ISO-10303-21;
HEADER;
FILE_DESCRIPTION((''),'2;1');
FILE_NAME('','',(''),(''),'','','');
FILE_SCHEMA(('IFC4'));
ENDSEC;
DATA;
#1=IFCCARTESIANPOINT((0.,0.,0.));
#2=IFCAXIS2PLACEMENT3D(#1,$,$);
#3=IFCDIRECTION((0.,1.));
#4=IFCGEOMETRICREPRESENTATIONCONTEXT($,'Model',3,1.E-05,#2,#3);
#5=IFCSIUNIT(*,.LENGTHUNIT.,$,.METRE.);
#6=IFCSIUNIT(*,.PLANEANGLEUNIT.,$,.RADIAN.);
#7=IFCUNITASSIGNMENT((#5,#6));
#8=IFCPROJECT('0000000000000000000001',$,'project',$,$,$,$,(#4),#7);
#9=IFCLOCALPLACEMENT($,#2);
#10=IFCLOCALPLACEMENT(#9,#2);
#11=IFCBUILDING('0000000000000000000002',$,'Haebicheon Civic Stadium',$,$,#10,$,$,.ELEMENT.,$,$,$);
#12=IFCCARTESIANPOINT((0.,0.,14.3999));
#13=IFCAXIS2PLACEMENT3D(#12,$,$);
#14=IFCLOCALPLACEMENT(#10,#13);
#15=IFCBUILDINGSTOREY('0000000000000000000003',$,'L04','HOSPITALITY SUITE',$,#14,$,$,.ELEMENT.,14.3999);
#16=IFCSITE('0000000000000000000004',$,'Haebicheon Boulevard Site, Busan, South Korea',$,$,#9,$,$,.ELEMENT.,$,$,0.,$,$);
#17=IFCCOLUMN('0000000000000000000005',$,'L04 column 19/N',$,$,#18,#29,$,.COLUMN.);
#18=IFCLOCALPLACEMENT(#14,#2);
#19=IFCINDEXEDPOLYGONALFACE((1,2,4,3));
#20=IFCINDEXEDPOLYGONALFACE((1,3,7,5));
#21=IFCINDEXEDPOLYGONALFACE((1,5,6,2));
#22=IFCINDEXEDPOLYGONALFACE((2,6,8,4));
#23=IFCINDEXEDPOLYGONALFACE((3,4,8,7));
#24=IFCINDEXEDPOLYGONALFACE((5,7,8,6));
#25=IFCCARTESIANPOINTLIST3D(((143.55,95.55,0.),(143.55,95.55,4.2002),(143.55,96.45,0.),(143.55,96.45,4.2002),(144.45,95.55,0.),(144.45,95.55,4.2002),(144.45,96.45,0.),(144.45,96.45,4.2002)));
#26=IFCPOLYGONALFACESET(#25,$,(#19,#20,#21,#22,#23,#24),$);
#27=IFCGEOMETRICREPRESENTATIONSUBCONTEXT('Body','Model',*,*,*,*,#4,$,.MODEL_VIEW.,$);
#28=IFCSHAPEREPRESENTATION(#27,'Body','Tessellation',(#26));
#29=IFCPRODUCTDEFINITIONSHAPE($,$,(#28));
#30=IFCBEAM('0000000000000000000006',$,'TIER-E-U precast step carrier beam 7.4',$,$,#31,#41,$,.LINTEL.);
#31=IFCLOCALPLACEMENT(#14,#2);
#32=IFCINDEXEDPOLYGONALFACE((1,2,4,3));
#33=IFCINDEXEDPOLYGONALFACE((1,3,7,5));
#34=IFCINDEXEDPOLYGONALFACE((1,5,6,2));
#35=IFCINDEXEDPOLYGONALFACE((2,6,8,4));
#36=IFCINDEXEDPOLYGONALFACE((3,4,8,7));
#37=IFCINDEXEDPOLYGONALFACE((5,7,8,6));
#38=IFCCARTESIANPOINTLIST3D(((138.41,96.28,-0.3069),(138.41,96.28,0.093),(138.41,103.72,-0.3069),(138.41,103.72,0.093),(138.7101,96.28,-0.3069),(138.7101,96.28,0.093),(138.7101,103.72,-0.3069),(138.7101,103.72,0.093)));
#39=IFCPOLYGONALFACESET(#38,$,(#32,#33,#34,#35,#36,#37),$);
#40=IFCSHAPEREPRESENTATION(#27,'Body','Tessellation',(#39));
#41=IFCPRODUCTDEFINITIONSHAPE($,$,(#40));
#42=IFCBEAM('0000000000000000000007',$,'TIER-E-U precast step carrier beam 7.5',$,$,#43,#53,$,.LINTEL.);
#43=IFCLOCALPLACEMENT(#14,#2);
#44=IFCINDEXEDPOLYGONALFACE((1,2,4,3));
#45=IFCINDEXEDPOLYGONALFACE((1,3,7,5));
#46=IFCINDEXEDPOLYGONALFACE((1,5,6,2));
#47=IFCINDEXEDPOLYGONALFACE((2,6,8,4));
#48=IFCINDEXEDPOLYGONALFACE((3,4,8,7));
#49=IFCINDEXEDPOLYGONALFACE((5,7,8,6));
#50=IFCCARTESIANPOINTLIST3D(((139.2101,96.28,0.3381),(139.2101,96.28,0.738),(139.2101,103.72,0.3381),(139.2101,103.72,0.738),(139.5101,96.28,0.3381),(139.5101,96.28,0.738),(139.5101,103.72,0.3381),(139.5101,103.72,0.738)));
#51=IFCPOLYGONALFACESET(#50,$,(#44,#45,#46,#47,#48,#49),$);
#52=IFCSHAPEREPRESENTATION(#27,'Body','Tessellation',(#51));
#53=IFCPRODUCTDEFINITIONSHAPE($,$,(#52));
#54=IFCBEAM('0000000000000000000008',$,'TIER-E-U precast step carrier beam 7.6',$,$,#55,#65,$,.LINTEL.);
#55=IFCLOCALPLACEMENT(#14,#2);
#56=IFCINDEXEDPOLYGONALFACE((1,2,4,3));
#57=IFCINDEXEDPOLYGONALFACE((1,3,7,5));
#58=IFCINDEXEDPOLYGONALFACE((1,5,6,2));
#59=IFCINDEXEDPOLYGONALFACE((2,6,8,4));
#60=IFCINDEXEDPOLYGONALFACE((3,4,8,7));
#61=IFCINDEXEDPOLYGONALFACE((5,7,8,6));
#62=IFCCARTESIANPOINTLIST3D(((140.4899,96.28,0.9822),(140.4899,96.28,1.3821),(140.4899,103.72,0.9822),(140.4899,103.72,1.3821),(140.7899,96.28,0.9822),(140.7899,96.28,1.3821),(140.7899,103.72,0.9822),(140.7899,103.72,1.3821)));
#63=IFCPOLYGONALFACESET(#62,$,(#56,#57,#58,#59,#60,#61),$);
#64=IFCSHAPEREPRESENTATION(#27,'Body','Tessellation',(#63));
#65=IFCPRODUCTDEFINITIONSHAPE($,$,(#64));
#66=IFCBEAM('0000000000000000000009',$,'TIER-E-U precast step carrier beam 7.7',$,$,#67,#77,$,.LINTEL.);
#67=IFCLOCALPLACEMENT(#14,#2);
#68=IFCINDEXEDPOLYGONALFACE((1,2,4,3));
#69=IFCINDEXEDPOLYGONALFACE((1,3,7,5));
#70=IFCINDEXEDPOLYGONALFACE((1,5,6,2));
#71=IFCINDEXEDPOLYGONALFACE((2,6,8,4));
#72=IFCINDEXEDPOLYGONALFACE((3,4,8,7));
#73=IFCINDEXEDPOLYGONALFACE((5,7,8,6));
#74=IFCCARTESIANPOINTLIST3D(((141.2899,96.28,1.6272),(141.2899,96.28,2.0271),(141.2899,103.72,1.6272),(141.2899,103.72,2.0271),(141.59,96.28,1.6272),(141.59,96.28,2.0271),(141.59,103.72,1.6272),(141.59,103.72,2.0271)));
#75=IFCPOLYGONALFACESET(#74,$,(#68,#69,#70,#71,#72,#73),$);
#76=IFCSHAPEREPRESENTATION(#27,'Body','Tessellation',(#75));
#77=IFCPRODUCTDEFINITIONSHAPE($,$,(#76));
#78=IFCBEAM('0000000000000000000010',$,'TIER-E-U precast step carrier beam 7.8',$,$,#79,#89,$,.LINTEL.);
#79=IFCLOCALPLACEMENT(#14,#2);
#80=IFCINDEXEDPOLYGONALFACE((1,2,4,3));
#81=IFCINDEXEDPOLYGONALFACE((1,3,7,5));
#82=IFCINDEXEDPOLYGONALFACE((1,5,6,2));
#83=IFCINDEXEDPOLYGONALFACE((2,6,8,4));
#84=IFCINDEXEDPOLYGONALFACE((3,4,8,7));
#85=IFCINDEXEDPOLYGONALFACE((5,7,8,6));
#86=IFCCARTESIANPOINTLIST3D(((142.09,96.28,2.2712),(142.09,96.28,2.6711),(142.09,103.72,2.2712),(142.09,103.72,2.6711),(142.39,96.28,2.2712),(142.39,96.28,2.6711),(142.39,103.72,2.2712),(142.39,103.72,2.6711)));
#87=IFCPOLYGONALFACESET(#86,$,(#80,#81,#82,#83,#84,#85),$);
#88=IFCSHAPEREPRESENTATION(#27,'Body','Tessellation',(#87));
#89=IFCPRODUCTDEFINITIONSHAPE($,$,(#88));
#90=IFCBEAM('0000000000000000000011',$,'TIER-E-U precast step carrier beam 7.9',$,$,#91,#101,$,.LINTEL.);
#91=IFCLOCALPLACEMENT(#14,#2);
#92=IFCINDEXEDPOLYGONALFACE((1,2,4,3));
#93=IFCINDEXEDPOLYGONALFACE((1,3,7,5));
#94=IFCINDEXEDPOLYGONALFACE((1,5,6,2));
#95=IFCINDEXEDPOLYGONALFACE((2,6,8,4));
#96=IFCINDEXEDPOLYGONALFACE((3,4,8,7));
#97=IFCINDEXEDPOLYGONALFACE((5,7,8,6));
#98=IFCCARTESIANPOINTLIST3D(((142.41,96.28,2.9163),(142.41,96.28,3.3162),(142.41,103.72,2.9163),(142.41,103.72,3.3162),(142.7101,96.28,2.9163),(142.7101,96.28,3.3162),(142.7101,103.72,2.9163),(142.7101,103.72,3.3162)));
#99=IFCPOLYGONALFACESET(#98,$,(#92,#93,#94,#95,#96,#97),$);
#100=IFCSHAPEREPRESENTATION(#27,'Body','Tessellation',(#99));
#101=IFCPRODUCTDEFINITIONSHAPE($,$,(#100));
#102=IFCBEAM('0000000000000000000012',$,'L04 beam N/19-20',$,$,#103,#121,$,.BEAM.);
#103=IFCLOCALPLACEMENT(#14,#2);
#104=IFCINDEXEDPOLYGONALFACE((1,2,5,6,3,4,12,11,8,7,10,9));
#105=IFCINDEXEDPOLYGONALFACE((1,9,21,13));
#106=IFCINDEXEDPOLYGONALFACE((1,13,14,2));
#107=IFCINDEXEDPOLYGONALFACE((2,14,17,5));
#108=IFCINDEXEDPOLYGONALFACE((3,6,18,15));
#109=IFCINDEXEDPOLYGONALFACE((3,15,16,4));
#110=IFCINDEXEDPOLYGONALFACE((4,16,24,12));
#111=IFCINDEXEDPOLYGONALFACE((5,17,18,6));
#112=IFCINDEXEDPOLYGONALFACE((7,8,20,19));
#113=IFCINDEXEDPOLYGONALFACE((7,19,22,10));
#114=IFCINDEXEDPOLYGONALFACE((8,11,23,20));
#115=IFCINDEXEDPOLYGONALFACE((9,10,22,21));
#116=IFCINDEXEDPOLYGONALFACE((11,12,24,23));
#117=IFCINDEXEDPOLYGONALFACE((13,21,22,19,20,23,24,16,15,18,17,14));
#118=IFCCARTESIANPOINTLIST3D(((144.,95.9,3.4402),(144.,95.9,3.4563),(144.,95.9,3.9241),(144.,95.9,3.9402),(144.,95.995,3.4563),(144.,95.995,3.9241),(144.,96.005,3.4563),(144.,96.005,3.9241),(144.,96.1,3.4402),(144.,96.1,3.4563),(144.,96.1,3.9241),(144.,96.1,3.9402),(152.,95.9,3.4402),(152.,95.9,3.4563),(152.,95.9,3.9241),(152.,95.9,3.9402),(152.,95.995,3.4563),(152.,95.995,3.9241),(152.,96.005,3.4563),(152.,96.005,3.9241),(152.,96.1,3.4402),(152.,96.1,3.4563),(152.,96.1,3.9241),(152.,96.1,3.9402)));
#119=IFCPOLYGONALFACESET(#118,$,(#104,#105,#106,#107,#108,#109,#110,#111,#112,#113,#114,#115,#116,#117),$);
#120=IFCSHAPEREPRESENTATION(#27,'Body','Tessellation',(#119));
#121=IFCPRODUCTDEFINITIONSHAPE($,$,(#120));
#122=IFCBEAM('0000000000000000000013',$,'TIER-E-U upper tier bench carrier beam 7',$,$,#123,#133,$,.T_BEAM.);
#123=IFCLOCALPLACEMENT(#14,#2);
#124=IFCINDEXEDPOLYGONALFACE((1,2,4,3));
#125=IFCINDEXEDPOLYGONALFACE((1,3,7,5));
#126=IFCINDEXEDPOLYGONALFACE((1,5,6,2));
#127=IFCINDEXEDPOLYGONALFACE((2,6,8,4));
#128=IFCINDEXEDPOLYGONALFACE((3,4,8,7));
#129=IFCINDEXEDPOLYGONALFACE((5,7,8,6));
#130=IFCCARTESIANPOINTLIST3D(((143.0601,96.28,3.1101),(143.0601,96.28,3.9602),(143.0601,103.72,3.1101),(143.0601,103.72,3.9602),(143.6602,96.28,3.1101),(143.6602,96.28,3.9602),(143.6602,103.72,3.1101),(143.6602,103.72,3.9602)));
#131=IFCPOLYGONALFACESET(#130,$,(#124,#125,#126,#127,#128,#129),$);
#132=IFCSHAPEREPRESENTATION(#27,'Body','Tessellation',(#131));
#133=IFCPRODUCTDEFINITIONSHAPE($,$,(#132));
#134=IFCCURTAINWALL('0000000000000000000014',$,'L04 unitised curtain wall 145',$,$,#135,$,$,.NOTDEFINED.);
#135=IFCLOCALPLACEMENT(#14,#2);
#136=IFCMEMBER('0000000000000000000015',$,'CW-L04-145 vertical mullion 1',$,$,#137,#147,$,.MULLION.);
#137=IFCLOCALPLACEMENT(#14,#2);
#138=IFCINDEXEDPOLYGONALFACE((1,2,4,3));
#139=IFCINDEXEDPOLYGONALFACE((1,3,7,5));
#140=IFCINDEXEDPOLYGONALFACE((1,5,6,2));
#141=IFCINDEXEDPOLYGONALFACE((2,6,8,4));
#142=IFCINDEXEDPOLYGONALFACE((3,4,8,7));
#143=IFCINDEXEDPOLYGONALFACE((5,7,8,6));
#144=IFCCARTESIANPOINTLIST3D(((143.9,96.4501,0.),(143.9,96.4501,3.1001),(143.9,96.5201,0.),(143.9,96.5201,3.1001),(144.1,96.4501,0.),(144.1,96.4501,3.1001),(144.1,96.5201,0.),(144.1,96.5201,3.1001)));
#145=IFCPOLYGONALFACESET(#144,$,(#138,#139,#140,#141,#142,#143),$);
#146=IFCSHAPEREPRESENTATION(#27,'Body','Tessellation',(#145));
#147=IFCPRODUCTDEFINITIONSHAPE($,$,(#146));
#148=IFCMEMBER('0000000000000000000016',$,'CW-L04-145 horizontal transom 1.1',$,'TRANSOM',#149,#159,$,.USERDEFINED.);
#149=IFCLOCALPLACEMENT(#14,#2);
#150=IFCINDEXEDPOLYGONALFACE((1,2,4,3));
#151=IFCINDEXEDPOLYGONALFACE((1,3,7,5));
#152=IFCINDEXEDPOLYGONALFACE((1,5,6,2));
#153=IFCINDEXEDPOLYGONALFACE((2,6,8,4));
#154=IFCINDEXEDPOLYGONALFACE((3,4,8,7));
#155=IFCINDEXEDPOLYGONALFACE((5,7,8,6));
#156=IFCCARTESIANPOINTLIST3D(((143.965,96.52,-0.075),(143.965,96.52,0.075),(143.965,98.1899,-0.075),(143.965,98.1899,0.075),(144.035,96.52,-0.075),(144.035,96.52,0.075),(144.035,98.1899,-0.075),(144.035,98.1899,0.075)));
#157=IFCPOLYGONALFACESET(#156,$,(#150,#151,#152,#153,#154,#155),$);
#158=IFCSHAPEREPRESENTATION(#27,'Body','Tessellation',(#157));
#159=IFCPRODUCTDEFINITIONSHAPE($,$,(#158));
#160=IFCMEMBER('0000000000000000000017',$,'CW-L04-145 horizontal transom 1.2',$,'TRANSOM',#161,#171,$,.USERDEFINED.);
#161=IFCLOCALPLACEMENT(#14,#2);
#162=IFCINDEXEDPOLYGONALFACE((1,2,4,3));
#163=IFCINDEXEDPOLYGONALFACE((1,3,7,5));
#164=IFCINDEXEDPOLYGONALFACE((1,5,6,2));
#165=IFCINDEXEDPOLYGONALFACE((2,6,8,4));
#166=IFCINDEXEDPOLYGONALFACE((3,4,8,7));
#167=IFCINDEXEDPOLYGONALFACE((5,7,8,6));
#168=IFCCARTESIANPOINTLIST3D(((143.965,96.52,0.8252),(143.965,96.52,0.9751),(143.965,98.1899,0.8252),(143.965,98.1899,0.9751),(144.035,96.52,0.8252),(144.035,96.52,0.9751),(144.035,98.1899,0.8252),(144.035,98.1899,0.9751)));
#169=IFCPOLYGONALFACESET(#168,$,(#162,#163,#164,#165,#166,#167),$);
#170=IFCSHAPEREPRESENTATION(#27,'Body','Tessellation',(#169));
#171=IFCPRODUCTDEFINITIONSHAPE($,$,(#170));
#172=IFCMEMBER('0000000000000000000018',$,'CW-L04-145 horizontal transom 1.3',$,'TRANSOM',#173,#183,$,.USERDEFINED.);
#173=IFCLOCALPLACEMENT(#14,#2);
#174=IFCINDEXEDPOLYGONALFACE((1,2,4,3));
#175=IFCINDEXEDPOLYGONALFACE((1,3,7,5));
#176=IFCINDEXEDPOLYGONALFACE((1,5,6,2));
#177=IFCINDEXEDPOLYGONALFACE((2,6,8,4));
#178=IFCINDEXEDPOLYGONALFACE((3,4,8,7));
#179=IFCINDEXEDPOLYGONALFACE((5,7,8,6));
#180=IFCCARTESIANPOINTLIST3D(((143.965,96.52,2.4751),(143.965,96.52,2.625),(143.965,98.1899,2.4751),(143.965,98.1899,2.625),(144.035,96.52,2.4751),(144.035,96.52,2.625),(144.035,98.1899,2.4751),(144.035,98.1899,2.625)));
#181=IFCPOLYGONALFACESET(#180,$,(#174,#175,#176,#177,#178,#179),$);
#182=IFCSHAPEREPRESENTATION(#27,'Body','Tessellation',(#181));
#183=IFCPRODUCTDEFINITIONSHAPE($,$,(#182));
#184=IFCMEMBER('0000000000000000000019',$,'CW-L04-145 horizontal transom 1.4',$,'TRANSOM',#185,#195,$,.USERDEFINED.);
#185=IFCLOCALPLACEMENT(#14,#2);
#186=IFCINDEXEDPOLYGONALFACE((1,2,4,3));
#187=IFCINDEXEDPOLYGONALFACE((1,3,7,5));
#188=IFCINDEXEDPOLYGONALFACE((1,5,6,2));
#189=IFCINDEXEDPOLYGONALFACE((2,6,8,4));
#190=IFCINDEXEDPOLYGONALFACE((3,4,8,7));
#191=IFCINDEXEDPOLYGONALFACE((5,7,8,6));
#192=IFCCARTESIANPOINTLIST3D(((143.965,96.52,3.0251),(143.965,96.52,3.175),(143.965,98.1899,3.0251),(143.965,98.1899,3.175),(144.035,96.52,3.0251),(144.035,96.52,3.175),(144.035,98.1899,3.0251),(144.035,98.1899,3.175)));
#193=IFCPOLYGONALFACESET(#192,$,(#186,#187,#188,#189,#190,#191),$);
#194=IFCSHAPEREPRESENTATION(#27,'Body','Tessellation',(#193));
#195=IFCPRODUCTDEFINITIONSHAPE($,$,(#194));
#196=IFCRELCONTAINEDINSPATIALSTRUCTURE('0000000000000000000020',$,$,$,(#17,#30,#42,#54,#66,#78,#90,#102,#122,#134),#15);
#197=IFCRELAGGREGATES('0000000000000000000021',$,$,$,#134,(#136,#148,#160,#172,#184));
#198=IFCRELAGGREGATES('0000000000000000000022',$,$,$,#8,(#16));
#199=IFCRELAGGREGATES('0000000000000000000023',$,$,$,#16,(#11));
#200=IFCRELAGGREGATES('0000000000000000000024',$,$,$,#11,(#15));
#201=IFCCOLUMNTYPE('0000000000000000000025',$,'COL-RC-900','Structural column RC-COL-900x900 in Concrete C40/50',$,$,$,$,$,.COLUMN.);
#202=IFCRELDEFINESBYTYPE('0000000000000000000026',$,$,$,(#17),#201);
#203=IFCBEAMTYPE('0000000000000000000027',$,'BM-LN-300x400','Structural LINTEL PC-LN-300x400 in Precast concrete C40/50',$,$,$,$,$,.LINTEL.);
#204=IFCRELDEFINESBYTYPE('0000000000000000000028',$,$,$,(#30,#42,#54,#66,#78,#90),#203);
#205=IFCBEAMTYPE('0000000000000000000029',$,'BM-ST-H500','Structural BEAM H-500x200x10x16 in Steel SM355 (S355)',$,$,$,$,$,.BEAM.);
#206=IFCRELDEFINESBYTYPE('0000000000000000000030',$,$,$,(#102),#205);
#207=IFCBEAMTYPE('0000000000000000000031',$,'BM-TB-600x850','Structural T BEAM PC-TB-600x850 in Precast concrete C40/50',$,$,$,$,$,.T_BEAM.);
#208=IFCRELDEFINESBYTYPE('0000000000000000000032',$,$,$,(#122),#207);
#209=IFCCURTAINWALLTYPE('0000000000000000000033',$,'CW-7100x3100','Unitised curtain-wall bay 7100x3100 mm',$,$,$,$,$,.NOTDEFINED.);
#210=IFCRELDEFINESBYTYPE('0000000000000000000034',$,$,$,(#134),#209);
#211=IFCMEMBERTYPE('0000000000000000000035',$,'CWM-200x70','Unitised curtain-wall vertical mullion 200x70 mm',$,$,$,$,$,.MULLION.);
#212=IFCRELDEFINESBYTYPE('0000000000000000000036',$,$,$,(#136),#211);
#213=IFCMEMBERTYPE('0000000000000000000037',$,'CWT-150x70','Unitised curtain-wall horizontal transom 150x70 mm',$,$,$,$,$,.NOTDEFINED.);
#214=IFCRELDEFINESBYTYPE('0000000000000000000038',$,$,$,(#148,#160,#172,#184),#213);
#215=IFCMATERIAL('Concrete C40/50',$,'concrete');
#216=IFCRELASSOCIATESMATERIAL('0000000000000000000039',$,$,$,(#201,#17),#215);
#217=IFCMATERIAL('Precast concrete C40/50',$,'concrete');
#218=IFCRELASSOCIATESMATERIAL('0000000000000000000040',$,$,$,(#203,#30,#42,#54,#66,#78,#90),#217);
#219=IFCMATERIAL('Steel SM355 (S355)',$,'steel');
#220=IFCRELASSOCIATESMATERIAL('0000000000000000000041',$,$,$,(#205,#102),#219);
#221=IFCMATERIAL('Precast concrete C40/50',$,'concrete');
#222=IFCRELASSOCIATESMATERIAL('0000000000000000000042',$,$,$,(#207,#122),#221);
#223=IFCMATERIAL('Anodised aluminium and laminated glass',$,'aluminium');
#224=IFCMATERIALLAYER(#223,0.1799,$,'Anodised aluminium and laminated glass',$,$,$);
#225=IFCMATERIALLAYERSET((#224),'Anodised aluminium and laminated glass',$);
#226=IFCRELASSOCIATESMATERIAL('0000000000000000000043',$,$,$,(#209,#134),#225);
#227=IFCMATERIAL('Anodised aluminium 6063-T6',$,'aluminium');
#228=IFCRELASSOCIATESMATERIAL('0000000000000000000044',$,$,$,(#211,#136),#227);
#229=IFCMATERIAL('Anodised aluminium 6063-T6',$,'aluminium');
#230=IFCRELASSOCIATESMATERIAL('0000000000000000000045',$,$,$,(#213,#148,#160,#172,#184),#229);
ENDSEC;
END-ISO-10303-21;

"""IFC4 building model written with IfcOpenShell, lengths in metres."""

from ifc_helpers import new_model, si_unit, direction, frame, origin, origin_2d, place, context, subcontext, project, spatial, rectangle, i_section, extrude, material, layer, layer_set, material_profile, profile_set, type_object, element, aggregate, save


model = new_model("IFC4")

# Units and contexts
model_context = context("Model", 3, precision=1e-05, world=origin(), true_north=direction((0.0, 1.0)))
body_context = subcontext(model_context, "Body", "Model", "MODEL_VIEW")
ifc_project = project(units=[si_unit("LENGTHUNIT", "METRE"), si_unit("PLANEANGLEUNIT", "RADIAN")], contexts=[model_context])

# Site, building, storey
site_placement = place(None, origin())
site = spatial("IfcSite", under=ifc_project, at=site_placement, Name="Haebicheon Boulevard Site, Busan, South Korea", CompositionType="ELEMENT", RefElevation=0.0)
building_placement = place(site_placement, origin())
building = spatial("IfcBuilding", under=site, at=building_placement, Name="Haebicheon Civic Stadium", CompositionType="ELEMENT")
storey_placement = place(building_placement, frame((0.0, 0.0, 14.3999)))
storey = spatial("IfcBuildingStorey", under=building, at=storey_placement, Name="L04", Description="HOSPITALITY SUITE", CompositionType="ELEMENT", Elevation=14.3999)

# Column
ifc_material_1 = material(Name="Concrete C40/50", Category="concrete")
ifc_material_profile_1 = material_profile(ifc_material_1, rectangle(XDim=0.8999, YDim=0.8999, at=origin_2d()), Name="RC-COL-900x900")
ifc_profile_set_1 = profile_set([ifc_material_profile_1], Name="Concrete C40/50")
column_type = type_object("IfcColumnType", Name="COL-RC-900", Description="Structural column RC-COL-900x900 in Concrete C40/50", PredefinedType="COLUMN", material=ifc_profile_set_1)
column_placement = place(storey_placement, frame((144.0, 96.0, 0.0), z_axis=(0.0, 0.0, 1.0), x_axis=(1.0, 0.0, 0.0)))
element("IfcColumn", 1, at=column_placement, inside=storey, type_object=column_type, material=ifc_profile_set_1, Name="L04 column 19/N", PredefinedType="COLUMN", context=body_context, shape_type="SweptSolid", body=[
    extrude(rectangle(XDim=0.8999, YDim=0.8999, at=origin_2d()), origin(), (0.0, 0.0, 1.0), 4.2002),
])

# Beams
ifc_material_2 = material(Name="Precast concrete C40/50", Category="concrete")
ifc_material_profile_2 = material_profile(ifc_material_2, rectangle(XDim=0.3, YDim=0.3999, at=origin_2d()), Name="PC-LN-300x400")
ifc_profile_set_2 = profile_set([ifc_material_profile_2], Name="Precast concrete C40/50")
beam_type_1 = type_object("IfcBeamType", Name="BM-LN-300x400", Description="Structural LINTEL PC-LN-300x400 in Precast concrete C40/50", PredefinedType="LINTEL", material=ifc_profile_set_2)
for number, where, z_axis, x_axis, name in (
    (2, (138.5601, 96.28, -0.1069), (0.0, 1.0, 0.0), (-1.0, 0.0, 0.0), "TIER-E-U precast step carrier beam 7.4"),
    (3, (139.3601, 96.28, 0.5381), (0.0, 1.0, 0.0), (-1.0, 0.0, 0.0), "TIER-E-U precast step carrier beam 7.5"),
    (4, (140.6399, 96.28, 1.1821), (0.0, 1.0, 0.0), (-1.0, 0.0, 0.0), "TIER-E-U precast step carrier beam 7.6"),
    (5, (141.4399, 96.28, 1.8271), (0.0, 1.0, 0.0), (-1.0, 0.0, 0.0), "TIER-E-U precast step carrier beam 7.7"),
    (6, (142.24, 96.28, 2.4712), (0.0, 1.0, 0.0), (-1.0, 0.0, 0.0), "TIER-E-U precast step carrier beam 7.8"),
    (7, (142.5601, 96.28, 3.1162), (0.0, 1.0, 0.0), (-1.0, 0.0, 0.0), "TIER-E-U precast step carrier beam 7.9"),
):
    element("IfcBeam", number, at=place(storey_placement, frame(where, z_axis=z_axis, x_axis=x_axis)), inside=storey, type_object=beam_type_1, material=ifc_profile_set_2, Name=name, PredefinedType="LINTEL", context=body_context, shape_type="SweptSolid", body=[
        extrude(rectangle(XDim=0.3, YDim=0.3999, at=origin_2d()), origin(), (0.0, 0.0, 1.0), 7.4399),
    ])
ifc_material_3 = material(Name="Steel SM355 (S355)", Category="steel")
ifc_material_profile_3 = material_profile(ifc_material_3, i_section(OverallWidth=0.2, OverallDepth=0.5, WebThickness=0.01, FlangeThickness=0.0161, at=origin_2d()), Name="H-500x200x10x16")
ifc_profile_set_3 = profile_set([ifc_material_profile_3], Name="Steel SM355 (S355)")
beam_type_2 = type_object("IfcBeamType", Name="BM-ST-H500", Description="Structural BEAM H-500x200x10x16 in Steel SM355 (S355)", PredefinedType="BEAM", material=ifc_profile_set_3)
beam_1_placement = place(storey_placement, frame((144.0, 96.0, 3.6902), z_axis=(1.0, 0.0, 0.0), x_axis=(0.0, 1.0, 0.0)))
element("IfcBeam", 8, at=beam_1_placement, inside=storey, type_object=beam_type_2, material=ifc_profile_set_3, Name="L04 beam N/19-20", PredefinedType="BEAM", context=body_context, shape_type="SweptSolid", body=[
    extrude(i_section(OverallWidth=0.2, OverallDepth=0.5, WebThickness=0.01, FlangeThickness=0.0161, at=origin_2d()), origin(), (0.0, 0.0, 1.0), 8.0),
])
ifc_material_4 = material(Name="Precast concrete C40/50", Category="concrete")
ifc_material_profile_4 = material_profile(ifc_material_4, rectangle(XDim=0.6001, YDim=0.8501, at=origin_2d()), Name="PC-TB-600x850")
ifc_profile_set_4 = profile_set([ifc_material_profile_4], Name="Precast concrete C40/50")
beam_type_3 = type_object("IfcBeamType", Name="BM-TB-600x850", Description="Structural T BEAM PC-TB-600x850 in Precast concrete C40/50", PredefinedType="T_BEAM", material=ifc_profile_set_4)
beam_2_placement = place(storey_placement, frame((143.3601, 96.28, 3.5352), z_axis=(0.0, 1.0, 0.0), x_axis=(-1.0, 0.0, 0.0)))
element("IfcBeam", 9, at=beam_2_placement, inside=storey, type_object=beam_type_3, material=ifc_profile_set_4, Name="TIER-E-U upper tier bench carrier beam 7", PredefinedType="T_BEAM", context=body_context, shape_type="SweptSolid", body=[
    extrude(rectangle(XDim=0.6001, YDim=0.8501, at=origin_2d()), origin(), (0.0, 0.0, 1.0), 7.4399),
])

# Curtain wall, members
ifc_material_5 = material(Name="Anodised aluminium and laminated glass", Category="aluminium")
ifc_layer_1 = layer(ifc_material_5, 0.1799, Name="Anodised aluminium and laminated glass")
ifc_layer_set_1 = layer_set([ifc_layer_1], Name="Anodised aluminium and laminated glass")
curtain_wall_type = type_object("IfcCurtainWallType", Name="CW-7100x3100", Description="Unitised curtain-wall bay 7100x3100 mm", PredefinedType="NOTDEFINED", material=ifc_layer_set_1)
curtain_wall_placement = place(storey_placement, origin())
curtain_wall = element("IfcCurtainWall", 10, at=curtain_wall_placement, inside=storey, type_object=curtain_wall_type, material=ifc_layer_set_1, Name="L04 unitised curtain wall 145", PredefinedType="NOTDEFINED")
ifc_material_6 = material(Name="Anodised aluminium 6063-T6", Category="aluminium")
ifc_material_profile_5 = material_profile(ifc_material_6, rectangle(XDim=0.0701, YDim=0.2, at=origin_2d()), Name="ALU-MULL-70x200")
ifc_profile_set_5 = profile_set([ifc_material_profile_5], Name="Anodised aluminium 6063-T6")
member_type_1 = type_object("IfcMemberType", Name="CWM-200x70", Description="Unitised curtain-wall vertical mullion 200x70 mm", PredefinedType="MULLION", material=ifc_profile_set_5)
member_1_placement = place(storey_placement, frame((144.0, 96.4851, 0.0), z_axis=(0.0, 0.0, 1.0), x_axis=(0.0, 1.0, 0.0)))
member_1 = element("IfcMember", 11, at=member_1_placement, type_object=member_type_1, material=ifc_profile_set_5, Name="CW-L04-145 vertical mullion 1", PredefinedType="MULLION", context=body_context, shape_type="SweptSolid", body=[
    extrude(rectangle(XDim=0.0701, YDim=0.2, at=origin_2d()), origin(), (0.0, 0.0, 1.0), 3.1001),
])
ifc_material_7 = material(Name="Anodised aluminium 6063-T6", Category="aluminium")
ifc_material_profile_6 = material_profile(ifc_material_7, rectangle(XDim=0.0701, YDim=0.1499, at=origin_2d()), Name="ALU-TRAN-70x150")
ifc_profile_set_6 = profile_set([ifc_material_profile_6], Name="Anodised aluminium 6063-T6")
member_type_2 = type_object("IfcMemberType", Name="CWT-150x70", Description="Unitised curtain-wall horizontal transom 150x70 mm", PredefinedType="NOTDEFINED", material=ifc_profile_set_6)
member_2_placement = place(storey_placement, frame((144.0, 96.52, 0.0), z_axis=(0.0, 1.0, 0.0), x_axis=(-1.0, 0.0, 0.0)))
member_2 = element("IfcMember", 12, at=member_2_placement, type_object=member_type_2, material=ifc_profile_set_6, Name="CW-L04-145 horizontal transom 1.1", ObjectType="TRANSOM", PredefinedType="USERDEFINED", context=body_context, shape_type="SweptSolid", body=[
    extrude(rectangle(XDim=0.0701, YDim=0.1499, at=origin_2d()), origin(), (0.0, 0.0, 1.0), 1.6699),
])
member_3_placement = place(storey_placement, frame((144.0, 96.52, 0.9001), z_axis=(0.0, 1.0, 0.0), x_axis=(-1.0, 0.0, 0.0)))
member_3 = element("IfcMember", 13, at=member_3_placement, type_object=member_type_2, material=ifc_profile_set_6, Name="CW-L04-145 horizontal transom 1.2", ObjectType="TRANSOM", PredefinedType="USERDEFINED", context=body_context, shape_type="SweptSolid", body=[
    extrude(rectangle(XDim=0.0701, YDim=0.1499, at=origin_2d()), origin(), (0.0, 0.0, 1.0), 1.6699),
])
member_4_placement = place(storey_placement, frame((144.0, 96.52, 2.55), z_axis=(0.0, 1.0, 0.0), x_axis=(-1.0, 0.0, 0.0)))
member_4 = element("IfcMember", 14, at=member_4_placement, type_object=member_type_2, material=ifc_profile_set_6, Name="CW-L04-145 horizontal transom 1.3", ObjectType="TRANSOM", PredefinedType="USERDEFINED", context=body_context, shape_type="SweptSolid", body=[
    extrude(rectangle(XDim=0.0701, YDim=0.1499, at=origin_2d()), origin(), (0.0, 0.0, 1.0), 1.6699),
])
member_5_placement = place(storey_placement, frame((144.0, 96.52, 3.1001), z_axis=(0.0, 1.0, 0.0), x_axis=(-1.0, 0.0, 0.0)))
member_5 = element("IfcMember", 15, at=member_5_placement, type_object=member_type_2, material=ifc_profile_set_6, Name="CW-L04-145 horizontal transom 1.4", ObjectType="TRANSOM", PredefinedType="USERDEFINED", context=body_context, shape_type="SweptSolid", body=[
    extrude(rectangle(XDim=0.0701, YDim=0.1499, at=origin_2d()), origin(), (0.0, 0.0, 1.0), 1.6699),
])

aggregate(curtain_wall, [member_1, member_2, member_3, member_4, member_5])

save(model, "model.ifc")
